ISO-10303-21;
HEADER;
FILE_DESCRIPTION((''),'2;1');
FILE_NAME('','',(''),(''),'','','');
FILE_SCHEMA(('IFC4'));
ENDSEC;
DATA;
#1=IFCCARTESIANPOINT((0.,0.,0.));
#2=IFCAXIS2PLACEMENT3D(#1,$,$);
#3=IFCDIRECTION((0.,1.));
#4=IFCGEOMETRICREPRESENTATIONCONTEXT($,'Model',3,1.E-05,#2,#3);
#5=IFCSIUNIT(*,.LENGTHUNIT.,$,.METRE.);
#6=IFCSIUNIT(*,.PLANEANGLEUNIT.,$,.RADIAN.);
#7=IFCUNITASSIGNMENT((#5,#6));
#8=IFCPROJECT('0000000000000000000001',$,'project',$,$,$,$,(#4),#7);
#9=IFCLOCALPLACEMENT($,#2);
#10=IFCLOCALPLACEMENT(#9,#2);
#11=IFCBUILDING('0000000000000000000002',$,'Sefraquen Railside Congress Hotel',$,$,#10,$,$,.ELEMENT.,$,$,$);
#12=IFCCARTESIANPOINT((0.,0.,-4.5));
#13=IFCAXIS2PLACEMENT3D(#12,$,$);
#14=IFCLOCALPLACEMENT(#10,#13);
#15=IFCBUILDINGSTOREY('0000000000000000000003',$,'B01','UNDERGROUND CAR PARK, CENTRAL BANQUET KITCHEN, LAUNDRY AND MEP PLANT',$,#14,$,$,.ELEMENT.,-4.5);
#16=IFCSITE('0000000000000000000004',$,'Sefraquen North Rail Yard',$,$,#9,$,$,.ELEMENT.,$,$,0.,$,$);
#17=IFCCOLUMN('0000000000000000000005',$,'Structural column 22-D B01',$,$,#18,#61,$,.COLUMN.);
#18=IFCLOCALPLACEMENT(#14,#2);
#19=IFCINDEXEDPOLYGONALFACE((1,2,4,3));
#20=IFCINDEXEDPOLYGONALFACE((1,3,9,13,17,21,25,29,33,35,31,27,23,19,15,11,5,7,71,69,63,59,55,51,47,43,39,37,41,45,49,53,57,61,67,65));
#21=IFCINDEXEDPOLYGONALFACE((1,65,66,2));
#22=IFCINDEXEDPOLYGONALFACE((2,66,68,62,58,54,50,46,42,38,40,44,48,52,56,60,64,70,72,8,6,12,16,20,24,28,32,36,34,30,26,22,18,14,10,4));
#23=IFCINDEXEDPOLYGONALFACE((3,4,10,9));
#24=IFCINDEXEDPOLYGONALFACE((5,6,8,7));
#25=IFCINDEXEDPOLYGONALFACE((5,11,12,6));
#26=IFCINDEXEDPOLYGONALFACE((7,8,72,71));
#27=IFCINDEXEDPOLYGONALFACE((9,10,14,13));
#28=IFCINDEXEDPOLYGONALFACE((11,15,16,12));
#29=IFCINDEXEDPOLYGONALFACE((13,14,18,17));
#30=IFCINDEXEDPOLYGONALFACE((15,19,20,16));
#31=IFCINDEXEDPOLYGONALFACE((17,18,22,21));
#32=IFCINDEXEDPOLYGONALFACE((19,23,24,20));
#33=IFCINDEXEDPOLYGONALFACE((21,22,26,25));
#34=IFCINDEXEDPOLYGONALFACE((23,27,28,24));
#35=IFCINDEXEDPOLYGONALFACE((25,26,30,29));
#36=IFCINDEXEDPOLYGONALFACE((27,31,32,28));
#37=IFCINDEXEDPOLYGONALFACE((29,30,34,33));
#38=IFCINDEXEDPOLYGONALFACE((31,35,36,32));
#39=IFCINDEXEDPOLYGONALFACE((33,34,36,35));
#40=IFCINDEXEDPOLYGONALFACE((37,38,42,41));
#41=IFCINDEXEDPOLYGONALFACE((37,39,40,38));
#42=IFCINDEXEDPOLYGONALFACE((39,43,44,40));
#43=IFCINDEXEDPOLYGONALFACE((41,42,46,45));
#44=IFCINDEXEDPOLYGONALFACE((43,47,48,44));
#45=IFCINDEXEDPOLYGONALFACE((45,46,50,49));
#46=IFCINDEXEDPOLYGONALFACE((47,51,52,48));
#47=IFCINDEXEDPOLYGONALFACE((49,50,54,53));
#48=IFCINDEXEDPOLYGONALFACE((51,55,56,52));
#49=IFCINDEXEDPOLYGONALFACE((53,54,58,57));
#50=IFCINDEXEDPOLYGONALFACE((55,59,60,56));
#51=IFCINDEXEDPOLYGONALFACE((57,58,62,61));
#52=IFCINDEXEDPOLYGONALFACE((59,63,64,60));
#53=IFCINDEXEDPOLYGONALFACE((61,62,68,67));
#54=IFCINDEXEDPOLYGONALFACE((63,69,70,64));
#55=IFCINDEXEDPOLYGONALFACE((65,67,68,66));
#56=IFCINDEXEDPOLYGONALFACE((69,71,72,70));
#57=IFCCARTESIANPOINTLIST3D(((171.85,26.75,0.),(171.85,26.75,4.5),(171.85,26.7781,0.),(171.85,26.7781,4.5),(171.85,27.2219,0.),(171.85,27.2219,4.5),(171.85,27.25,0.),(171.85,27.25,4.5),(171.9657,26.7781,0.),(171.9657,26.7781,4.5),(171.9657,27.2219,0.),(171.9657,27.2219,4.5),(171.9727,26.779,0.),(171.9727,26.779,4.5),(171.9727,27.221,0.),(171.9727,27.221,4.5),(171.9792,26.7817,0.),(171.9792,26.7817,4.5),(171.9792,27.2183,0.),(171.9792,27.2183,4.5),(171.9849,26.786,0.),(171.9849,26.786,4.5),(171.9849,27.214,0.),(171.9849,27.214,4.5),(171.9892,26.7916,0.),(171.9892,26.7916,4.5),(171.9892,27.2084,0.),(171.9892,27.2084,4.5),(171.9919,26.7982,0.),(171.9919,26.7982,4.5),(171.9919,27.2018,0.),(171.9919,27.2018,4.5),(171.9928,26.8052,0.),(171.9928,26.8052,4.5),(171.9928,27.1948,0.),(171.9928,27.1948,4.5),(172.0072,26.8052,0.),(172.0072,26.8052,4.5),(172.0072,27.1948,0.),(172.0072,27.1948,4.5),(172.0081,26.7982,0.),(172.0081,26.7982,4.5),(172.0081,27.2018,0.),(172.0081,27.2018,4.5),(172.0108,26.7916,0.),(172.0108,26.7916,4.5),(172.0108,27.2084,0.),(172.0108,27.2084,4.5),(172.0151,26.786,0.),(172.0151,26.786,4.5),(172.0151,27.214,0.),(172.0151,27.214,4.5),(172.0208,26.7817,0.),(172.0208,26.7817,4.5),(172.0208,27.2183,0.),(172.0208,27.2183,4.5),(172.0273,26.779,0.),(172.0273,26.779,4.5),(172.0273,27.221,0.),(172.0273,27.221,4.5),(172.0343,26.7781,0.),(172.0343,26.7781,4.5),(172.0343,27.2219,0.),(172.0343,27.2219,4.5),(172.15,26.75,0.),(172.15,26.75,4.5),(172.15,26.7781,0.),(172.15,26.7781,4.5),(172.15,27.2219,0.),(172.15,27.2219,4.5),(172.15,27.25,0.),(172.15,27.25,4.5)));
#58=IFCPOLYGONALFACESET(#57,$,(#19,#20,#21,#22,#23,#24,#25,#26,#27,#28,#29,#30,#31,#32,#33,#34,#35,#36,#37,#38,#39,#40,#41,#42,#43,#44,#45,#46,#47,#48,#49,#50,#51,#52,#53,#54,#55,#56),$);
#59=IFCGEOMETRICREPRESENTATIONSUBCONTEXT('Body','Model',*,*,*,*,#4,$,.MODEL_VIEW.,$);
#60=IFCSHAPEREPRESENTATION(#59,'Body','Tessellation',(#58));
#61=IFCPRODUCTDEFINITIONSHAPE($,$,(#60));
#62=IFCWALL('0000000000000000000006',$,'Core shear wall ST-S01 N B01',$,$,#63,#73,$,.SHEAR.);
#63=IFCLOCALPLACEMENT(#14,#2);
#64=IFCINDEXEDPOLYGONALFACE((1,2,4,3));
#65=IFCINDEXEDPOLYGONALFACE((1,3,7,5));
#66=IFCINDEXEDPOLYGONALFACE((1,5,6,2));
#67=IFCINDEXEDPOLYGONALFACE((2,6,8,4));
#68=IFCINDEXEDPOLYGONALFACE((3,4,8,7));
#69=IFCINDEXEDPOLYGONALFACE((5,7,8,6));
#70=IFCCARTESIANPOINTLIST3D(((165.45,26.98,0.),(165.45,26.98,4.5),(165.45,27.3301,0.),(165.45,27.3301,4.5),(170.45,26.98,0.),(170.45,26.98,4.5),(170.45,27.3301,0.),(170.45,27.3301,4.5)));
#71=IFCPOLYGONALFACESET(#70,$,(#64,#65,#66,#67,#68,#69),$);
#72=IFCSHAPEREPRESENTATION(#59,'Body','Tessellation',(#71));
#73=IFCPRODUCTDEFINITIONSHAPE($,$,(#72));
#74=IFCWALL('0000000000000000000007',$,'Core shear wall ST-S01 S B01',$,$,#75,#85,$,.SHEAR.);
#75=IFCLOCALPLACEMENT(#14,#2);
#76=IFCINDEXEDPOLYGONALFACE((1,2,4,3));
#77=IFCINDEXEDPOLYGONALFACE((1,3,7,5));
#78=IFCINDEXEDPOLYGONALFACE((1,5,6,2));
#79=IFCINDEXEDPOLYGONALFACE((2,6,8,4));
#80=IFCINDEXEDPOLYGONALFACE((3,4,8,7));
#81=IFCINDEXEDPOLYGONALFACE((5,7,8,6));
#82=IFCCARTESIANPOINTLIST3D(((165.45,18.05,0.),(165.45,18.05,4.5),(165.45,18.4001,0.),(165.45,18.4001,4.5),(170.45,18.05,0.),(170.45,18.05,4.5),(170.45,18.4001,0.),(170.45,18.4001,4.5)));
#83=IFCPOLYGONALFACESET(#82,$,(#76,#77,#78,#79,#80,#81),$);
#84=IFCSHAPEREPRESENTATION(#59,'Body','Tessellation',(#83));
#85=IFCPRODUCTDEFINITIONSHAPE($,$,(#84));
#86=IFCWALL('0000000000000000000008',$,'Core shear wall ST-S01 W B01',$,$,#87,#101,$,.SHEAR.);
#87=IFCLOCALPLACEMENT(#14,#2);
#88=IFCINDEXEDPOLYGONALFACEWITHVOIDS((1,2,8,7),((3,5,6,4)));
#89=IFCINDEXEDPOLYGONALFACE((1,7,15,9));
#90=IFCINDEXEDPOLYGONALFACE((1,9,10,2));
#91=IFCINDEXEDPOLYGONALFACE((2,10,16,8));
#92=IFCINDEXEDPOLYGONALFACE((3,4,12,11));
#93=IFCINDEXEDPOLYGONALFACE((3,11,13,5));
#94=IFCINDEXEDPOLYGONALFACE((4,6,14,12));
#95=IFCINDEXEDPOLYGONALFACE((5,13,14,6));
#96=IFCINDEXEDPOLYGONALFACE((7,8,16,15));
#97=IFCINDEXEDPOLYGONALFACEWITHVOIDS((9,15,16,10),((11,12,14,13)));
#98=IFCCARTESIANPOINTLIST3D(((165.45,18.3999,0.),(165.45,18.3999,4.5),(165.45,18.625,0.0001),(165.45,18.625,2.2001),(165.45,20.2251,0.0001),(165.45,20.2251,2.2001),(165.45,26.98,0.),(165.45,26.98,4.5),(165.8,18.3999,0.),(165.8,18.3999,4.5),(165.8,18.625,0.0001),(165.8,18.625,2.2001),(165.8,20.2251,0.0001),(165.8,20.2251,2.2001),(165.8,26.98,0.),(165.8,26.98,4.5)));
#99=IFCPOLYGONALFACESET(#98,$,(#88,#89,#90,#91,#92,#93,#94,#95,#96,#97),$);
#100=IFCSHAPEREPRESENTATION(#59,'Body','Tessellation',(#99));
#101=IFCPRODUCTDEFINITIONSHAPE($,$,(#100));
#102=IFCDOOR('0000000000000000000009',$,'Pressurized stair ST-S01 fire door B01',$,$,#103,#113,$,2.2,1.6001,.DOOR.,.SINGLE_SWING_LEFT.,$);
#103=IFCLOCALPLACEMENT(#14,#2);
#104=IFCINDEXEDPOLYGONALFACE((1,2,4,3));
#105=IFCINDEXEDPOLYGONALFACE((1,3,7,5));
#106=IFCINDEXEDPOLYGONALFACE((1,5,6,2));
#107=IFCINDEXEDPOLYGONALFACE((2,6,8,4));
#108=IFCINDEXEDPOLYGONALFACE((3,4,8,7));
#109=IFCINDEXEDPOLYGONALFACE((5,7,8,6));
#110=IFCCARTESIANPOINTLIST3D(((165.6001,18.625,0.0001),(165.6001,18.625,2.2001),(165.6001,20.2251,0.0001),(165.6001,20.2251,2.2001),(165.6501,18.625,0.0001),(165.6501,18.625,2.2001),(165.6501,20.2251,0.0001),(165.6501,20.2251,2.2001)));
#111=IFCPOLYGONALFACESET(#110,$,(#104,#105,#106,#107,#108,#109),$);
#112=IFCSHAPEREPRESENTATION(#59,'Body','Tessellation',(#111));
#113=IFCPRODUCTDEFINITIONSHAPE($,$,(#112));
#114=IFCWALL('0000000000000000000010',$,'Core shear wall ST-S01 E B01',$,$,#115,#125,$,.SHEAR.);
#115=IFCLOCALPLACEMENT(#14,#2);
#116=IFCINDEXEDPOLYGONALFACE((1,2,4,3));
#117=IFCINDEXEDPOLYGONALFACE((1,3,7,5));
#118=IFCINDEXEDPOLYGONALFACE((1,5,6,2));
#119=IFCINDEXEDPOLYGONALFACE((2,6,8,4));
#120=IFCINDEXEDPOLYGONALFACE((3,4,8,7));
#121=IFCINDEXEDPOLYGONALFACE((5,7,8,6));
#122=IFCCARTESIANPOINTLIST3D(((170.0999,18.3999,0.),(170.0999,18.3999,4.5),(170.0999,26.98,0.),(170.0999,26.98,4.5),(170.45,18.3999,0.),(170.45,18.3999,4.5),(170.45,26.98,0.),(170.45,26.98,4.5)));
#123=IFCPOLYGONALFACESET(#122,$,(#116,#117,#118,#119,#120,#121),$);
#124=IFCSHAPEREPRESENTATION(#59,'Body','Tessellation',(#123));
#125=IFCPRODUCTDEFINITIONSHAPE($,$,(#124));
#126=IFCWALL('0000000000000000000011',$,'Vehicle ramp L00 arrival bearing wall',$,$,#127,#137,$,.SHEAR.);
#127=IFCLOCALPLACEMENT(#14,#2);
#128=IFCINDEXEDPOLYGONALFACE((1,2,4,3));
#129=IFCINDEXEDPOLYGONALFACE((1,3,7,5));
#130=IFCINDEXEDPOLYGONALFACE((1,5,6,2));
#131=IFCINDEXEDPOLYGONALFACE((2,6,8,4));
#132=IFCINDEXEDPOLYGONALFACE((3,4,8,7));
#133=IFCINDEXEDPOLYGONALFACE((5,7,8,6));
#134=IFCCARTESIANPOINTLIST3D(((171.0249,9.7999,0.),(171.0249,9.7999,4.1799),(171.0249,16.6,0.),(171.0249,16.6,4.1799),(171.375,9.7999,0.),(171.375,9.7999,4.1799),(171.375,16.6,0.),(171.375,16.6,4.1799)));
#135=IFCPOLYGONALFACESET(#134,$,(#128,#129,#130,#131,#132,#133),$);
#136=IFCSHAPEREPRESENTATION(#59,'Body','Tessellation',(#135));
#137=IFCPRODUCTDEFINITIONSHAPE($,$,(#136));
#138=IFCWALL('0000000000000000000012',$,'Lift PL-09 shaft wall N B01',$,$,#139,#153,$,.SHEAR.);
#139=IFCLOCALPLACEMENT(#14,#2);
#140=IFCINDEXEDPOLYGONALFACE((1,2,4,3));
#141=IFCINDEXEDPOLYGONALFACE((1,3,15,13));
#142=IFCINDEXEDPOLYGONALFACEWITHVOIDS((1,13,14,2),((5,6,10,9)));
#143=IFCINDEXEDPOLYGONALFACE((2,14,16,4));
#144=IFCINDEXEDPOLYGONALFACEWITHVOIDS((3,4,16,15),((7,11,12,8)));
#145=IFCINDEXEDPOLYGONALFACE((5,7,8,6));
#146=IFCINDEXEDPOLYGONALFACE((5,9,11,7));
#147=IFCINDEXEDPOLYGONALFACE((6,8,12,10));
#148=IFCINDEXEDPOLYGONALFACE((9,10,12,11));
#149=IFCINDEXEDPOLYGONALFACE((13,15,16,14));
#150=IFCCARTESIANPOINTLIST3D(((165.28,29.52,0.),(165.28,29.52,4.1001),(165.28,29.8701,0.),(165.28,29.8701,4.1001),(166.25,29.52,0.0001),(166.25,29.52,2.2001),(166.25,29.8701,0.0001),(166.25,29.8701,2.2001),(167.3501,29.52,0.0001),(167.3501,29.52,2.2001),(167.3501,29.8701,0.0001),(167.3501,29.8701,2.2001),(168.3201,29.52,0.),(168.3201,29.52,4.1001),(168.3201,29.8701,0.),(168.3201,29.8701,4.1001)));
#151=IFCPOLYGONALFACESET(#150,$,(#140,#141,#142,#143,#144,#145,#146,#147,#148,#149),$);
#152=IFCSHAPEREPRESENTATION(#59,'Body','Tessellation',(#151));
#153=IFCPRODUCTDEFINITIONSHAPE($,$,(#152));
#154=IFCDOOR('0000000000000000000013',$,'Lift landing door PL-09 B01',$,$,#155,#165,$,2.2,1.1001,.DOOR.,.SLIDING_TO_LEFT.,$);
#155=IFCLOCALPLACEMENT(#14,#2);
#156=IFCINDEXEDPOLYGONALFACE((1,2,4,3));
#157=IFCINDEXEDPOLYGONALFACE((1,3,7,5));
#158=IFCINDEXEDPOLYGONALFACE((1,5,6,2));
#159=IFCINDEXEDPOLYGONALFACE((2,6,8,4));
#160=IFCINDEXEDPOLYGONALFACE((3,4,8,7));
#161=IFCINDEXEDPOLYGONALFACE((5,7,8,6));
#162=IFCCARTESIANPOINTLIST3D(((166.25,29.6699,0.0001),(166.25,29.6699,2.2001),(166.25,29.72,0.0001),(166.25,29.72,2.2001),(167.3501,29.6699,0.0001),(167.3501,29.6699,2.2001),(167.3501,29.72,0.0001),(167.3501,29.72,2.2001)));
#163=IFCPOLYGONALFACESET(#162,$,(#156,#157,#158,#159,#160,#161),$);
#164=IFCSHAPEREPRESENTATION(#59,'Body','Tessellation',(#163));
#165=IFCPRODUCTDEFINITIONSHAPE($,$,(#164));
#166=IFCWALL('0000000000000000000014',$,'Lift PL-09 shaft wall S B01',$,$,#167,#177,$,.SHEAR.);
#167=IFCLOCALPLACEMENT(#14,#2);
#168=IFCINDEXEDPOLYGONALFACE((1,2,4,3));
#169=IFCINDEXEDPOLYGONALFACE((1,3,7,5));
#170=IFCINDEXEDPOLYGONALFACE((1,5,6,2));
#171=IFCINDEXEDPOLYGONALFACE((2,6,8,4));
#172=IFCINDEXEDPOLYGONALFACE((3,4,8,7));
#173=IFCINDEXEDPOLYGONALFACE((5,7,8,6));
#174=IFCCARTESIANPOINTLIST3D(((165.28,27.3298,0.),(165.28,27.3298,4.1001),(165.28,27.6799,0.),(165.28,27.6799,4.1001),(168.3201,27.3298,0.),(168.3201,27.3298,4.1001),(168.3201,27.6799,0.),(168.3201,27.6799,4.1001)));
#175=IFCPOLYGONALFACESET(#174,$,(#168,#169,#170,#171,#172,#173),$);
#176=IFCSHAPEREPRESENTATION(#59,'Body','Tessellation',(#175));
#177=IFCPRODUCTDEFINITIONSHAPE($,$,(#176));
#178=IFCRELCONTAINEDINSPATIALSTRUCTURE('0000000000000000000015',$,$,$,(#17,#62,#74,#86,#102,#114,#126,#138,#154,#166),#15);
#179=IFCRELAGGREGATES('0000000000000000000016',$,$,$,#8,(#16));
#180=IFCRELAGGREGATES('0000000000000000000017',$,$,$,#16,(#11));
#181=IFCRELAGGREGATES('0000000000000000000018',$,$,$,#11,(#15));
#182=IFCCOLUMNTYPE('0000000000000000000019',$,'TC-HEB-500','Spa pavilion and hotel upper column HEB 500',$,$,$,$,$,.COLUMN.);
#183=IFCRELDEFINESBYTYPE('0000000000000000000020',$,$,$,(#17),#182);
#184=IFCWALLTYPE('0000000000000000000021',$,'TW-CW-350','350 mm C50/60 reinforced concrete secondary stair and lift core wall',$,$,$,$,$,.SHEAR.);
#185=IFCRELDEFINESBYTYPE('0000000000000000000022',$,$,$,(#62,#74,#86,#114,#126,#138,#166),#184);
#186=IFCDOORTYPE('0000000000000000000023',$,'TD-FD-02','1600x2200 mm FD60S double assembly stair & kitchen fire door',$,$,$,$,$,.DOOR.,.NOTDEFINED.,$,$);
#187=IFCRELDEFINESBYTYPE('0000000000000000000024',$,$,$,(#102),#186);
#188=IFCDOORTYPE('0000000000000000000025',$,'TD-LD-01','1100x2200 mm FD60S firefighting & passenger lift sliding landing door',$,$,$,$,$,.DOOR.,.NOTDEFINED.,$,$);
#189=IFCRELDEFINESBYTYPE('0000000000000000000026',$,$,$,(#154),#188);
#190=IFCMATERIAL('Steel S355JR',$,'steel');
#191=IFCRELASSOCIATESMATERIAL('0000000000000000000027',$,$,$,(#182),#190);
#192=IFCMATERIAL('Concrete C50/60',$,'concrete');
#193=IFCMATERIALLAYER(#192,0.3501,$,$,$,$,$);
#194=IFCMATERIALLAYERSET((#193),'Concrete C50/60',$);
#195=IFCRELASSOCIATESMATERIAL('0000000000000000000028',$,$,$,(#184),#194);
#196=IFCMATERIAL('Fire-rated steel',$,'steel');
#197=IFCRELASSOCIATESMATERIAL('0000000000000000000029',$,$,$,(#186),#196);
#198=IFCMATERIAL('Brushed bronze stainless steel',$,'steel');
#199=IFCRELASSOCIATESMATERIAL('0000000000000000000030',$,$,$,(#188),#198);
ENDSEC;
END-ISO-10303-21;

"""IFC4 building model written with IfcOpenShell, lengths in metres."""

from ifc_helpers import new_model, si_unit, direction, frame, frame_2d, origin, origin_2d, place, context, subcontext, project, spatial, rectangle, i_section, extrude, material, layer, layer_set, material_profile, profile_set, type_object, element, fill, save


model = new_model("IFC4")

# Units and contexts
model_context = context("Model", 3, precision=1e-05, world=origin(), true_north=direction((0.0, 1.0)))
body_context = subcontext(model_context, "Body", "Model", "MODEL_VIEW")
ifc_project = project(units=[si_unit("LENGTHUNIT", "METRE"), si_unit("PLANEANGLEUNIT", "RADIAN")], contexts=[model_context])

# Site, building, storey
site_placement = place(None, origin())
site = spatial("IfcSite", under=ifc_project, at=site_placement, Name="Sefraquen North Rail Yard", CompositionType="ELEMENT", RefElevation=0.0)
building_placement = place(site_placement, origin())
building = spatial("IfcBuilding", under=site, at=building_placement, Name="Sefraquen Railside Congress Hotel", CompositionType="ELEMENT")
storey_placement = place(building_placement, frame((0.0, 0.0, -4.5)))
storey = spatial("IfcBuildingStorey", under=building, at=storey_placement, Name="B01", Description="UNDERGROUND CAR PARK, CENTRAL BANQUET KITCHEN, LAUNDRY AND MEP PLANT", CompositionType="ELEMENT", Elevation=-4.5)

# Column
ifc_material_1 = material(Name="Steel S355JR", Category="steel")
ifc_material_profile = material_profile(ifc_material_1, i_section(OverallWidth=0.3, OverallDepth=0.5, WebThickness=0.0144, FlangeThickness=0.0281, FilletRadius=0.0271, at=origin_2d()), Name="HEB 500")
ifc_profile_set = profile_set([ifc_material_profile], Name="Steel S355JR")
column_type = type_object("IfcColumnType", Name="TC-HEB-500", Description="Spa pavilion and hotel upper column HEB 500", PredefinedType="COLUMN", material=ifc_profile_set)
for number, where, z_axis, x_axis, name in (
    (1, (172.0, 27.0, 0.0), (0.0, 0.0, 1.0), (1.0, 0.0, 0.0), "Structural column 22-D B01"),
):
    element("IfcColumn", number, at=place(storey_placement, frame(where, z_axis=z_axis, x_axis=x_axis)), inside=storey, type_object=column_type, Name=name, PredefinedType="COLUMN", context=body_context, shape_type="SweptSolid", body=[
        extrude(i_section(OverallWidth=0.3, OverallDepth=0.5, WebThickness=0.0144, FlangeThickness=0.0281, FilletRadius=0.0271, at=origin_2d()), origin(), (0.0, 0.0, 1.0), 4.5),
    ])

# Walls
ifc_material_2 = material(Name="Concrete C50/60", Category="concrete")
ifc_layer_1 = layer(ifc_material_2, 0.3501)
ifc_layer_set_1 = layer_set([ifc_layer_1], Name="Concrete C50/60")
wall_type_1 = type_object("IfcWallType", Name="TW-CW-350", Description="350 mm C50/60 reinforced concrete secondary stair and lift core wall", PredefinedType="SHEAR", material=ifc_layer_set_1)
for number, where, z_axis, x_axis, name in (
    (2, (165.45, 27.155, 0.0), (0.0, 0.0, 1.0), (1.0, 0.0, 0.0), "Core shear wall ST-S01 N B01"),
    (3, (165.45, 18.2251, 0.0), (0.0, 0.0, 1.0), (1.0, 0.0, 0.0), "Core shear wall ST-S01 S B01"),
):
    element("IfcWall", number, at=place(storey_placement, frame(where, z_axis=z_axis, x_axis=x_axis)), inside=storey, type_object=wall_type_1, Name=name, PredefinedType="SHEAR", context=body_context, shape_type="SweptSolid", body=[
        extrude(rectangle(XDim=5.0, YDim=0.3501, at=frame_2d((2.5, 0.0))), origin(), (0.0, 0.0, 1.0), 4.5),
    ])

# Wall, opening, door
wall_1_placement = place(storey_placement, frame((165.625, 18.3999, 0.0), z_axis=(0.0, 0.0, 1.0), x_axis=(0.0, 1.0, 0.0)))
wall_1 = element("IfcWall", 4, at=wall_1_placement, inside=storey, type_object=wall_type_1, Name="Core shear wall ST-S01 W B01", PredefinedType="SHEAR", context=body_context, shape_type="SweptSolid", body=[
    extrude(rectangle(XDim=8.5801, YDim=0.3501, at=frame_2d((4.29, 0.0))), origin(), (0.0, 0.0, 1.0), 4.5),
])
opening_1_placement = place(wall_1_placement, frame((0.2251, 0.0, 0.0)))
opening_1 = element("IfcOpeningElement", 5, at=opening_1_placement, cuts=wall_1, PredefinedType="OPENING", context=body_context, shape_type="SweptSolid", body=[
    extrude(rectangle(XDim=1.6001, YDim=2.2, at=frame_2d((0.8, 1.1001))), frame((0.0, 0.1851, 0.0), z_axis=(0.0, -1.0, 0.0), x_axis=(1.0, 0.0, 0.0)), (0.0, 0.0, 1.0), 0.3701),
])
ifc_material_3 = material(Name="Fire-rated steel", Category="steel")
door_type_1 = type_object("IfcDoorType", Name="TD-FD-02", Description="1600x2200 mm FD60S double assembly stair & kitchen fire door", OperationType="NOTDEFINED", PredefinedType="DOOR", material=ifc_material_3)
door_1_placement = place(opening_1_placement, origin())
door_1 = element("IfcDoor", 6, at=door_1_placement, inside=storey, type_object=door_type_1, Name="Pressurized stair ST-S01 fire door B01", OperationType="SINGLE_SWING_LEFT", OverallHeight=2.2, OverallWidth=1.6001, PredefinedType="DOOR", context=body_context, shape_type="SweptSolid", body=[
    extrude(rectangle(XDim=1.6001, YDim=2.2, at=frame_2d((0.8, 1.1001))), frame((0.0, 0.0249, 0.0), z_axis=(0.0, -1.0, 0.0), x_axis=(1.0, 0.0, 0.0)), (0.0, 0.0, 1.0), 0.05),
])
fill(opening_1, door_1)

# Walls
wall_2_placement = place(storey_placement, frame((170.2749, 18.3999, 0.0), z_axis=(0.0, 0.0, 1.0), x_axis=(0.0, 1.0, 0.0)))
element("IfcWall", 7, at=wall_2_placement, inside=storey, type_object=wall_type_1, Name="Core shear wall ST-S01 E B01", PredefinedType="SHEAR", context=body_context, shape_type="SweptSolid", body=[
    extrude(rectangle(XDim=8.5801, YDim=0.3501, at=frame_2d((4.29, 0.0))), origin(), (0.0, 0.0, 1.0), 4.5),
])
wall_3_placement = place(storey_placement, frame((171.2, 9.8, 0.0), z_axis=(0.0, 0.0, 1.0), x_axis=(0.0, 1.0, 0.0)))
element("IfcWall", 8, at=wall_3_placement, inside=storey, type_object=wall_type_1, Name="Vehicle ramp L00 arrival bearing wall", PredefinedType="SHEAR", context=body_context, shape_type="SweptSolid", body=[
    extrude(rectangle(XDim=6.8, YDim=0.3501, at=frame_2d((3.3999, 0.0))), origin(), (0.0, 0.0, 1.0), 4.1799),
])

# Wall, opening, door
wall_4_placement = place(storey_placement, frame((165.28, 29.6951, 0.0), z_axis=(0.0, 0.0, 1.0), x_axis=(1.0, 0.0, 0.0)))
wall_4 = element("IfcWall", 9, at=wall_4_placement, inside=storey, type_object=wall_type_1, Name="Lift PL-09 shaft wall N B01", PredefinedType="SHEAR", context=body_context, shape_type="SweptSolid", body=[
    extrude(rectangle(XDim=3.04, YDim=0.3501, at=frame_2d((1.52, 0.0))), origin(), (0.0, 0.0, 1.0), 4.1001),
])
opening_2_placement = place(wall_4_placement, frame((0.97, 0.0, 0.0)))
opening_2 = element("IfcOpeningElement", 10, at=opening_2_placement, cuts=wall_4, PredefinedType="OPENING", context=body_context, shape_type="SweptSolid", body=[
    extrude(rectangle(XDim=1.1001, YDim=2.2, at=frame_2d((0.55, 1.1001))), frame((0.0, 0.1851, 0.0), z_axis=(0.0, -1.0, 0.0), x_axis=(1.0, 0.0, 0.0)), (0.0, 0.0, 1.0), 0.3701),
])
ifc_material_4 = material(Name="Brushed bronze stainless steel", Category="steel")
door_type_2 = type_object("IfcDoorType", Name="TD-LD-01", Description="1100x2200 mm FD60S firefighting & passenger lift sliding landing door", OperationType="NOTDEFINED", PredefinedType="DOOR", material=ifc_material_4)
door_2_placement = place(opening_2_placement, origin())
door_2 = element("IfcDoor", 11, at=door_2_placement, inside=storey, type_object=door_type_2, Name="Lift landing door PL-09 B01", OperationType="SLIDING_TO_LEFT", OverallHeight=2.2, OverallWidth=1.1001, PredefinedType="DOOR", context=body_context, shape_type="SweptSolid", body=[
    extrude(rectangle(XDim=1.1001, YDim=2.2, at=frame_2d((0.55, 1.1001))), frame((0.0, 0.0249, 0.0), z_axis=(0.0, -1.0, 0.0), x_axis=(1.0, 0.0, 0.0)), (0.0, 0.0, 1.0), 0.05),
])
fill(opening_2, door_2)

# Wall
wall_5_placement = place(storey_placement, frame((165.28, 27.5049, 0.0), z_axis=(0.0, 0.0, 1.0), x_axis=(1.0, 0.0, 0.0)))
element("IfcWall", 12, at=wall_5_placement, inside=storey, type_object=wall_type_1, Name="Lift PL-09 shaft wall S B01", PredefinedType="SHEAR", context=body_context, shape_type="SweptSolid", body=[
    extrude(rectangle(XDim=3.04, YDim=0.3501, at=frame_2d((1.52, 0.0))), origin(), (0.0, 0.0, 1.0), 4.1001),
])

save(model, "model.ifc")
